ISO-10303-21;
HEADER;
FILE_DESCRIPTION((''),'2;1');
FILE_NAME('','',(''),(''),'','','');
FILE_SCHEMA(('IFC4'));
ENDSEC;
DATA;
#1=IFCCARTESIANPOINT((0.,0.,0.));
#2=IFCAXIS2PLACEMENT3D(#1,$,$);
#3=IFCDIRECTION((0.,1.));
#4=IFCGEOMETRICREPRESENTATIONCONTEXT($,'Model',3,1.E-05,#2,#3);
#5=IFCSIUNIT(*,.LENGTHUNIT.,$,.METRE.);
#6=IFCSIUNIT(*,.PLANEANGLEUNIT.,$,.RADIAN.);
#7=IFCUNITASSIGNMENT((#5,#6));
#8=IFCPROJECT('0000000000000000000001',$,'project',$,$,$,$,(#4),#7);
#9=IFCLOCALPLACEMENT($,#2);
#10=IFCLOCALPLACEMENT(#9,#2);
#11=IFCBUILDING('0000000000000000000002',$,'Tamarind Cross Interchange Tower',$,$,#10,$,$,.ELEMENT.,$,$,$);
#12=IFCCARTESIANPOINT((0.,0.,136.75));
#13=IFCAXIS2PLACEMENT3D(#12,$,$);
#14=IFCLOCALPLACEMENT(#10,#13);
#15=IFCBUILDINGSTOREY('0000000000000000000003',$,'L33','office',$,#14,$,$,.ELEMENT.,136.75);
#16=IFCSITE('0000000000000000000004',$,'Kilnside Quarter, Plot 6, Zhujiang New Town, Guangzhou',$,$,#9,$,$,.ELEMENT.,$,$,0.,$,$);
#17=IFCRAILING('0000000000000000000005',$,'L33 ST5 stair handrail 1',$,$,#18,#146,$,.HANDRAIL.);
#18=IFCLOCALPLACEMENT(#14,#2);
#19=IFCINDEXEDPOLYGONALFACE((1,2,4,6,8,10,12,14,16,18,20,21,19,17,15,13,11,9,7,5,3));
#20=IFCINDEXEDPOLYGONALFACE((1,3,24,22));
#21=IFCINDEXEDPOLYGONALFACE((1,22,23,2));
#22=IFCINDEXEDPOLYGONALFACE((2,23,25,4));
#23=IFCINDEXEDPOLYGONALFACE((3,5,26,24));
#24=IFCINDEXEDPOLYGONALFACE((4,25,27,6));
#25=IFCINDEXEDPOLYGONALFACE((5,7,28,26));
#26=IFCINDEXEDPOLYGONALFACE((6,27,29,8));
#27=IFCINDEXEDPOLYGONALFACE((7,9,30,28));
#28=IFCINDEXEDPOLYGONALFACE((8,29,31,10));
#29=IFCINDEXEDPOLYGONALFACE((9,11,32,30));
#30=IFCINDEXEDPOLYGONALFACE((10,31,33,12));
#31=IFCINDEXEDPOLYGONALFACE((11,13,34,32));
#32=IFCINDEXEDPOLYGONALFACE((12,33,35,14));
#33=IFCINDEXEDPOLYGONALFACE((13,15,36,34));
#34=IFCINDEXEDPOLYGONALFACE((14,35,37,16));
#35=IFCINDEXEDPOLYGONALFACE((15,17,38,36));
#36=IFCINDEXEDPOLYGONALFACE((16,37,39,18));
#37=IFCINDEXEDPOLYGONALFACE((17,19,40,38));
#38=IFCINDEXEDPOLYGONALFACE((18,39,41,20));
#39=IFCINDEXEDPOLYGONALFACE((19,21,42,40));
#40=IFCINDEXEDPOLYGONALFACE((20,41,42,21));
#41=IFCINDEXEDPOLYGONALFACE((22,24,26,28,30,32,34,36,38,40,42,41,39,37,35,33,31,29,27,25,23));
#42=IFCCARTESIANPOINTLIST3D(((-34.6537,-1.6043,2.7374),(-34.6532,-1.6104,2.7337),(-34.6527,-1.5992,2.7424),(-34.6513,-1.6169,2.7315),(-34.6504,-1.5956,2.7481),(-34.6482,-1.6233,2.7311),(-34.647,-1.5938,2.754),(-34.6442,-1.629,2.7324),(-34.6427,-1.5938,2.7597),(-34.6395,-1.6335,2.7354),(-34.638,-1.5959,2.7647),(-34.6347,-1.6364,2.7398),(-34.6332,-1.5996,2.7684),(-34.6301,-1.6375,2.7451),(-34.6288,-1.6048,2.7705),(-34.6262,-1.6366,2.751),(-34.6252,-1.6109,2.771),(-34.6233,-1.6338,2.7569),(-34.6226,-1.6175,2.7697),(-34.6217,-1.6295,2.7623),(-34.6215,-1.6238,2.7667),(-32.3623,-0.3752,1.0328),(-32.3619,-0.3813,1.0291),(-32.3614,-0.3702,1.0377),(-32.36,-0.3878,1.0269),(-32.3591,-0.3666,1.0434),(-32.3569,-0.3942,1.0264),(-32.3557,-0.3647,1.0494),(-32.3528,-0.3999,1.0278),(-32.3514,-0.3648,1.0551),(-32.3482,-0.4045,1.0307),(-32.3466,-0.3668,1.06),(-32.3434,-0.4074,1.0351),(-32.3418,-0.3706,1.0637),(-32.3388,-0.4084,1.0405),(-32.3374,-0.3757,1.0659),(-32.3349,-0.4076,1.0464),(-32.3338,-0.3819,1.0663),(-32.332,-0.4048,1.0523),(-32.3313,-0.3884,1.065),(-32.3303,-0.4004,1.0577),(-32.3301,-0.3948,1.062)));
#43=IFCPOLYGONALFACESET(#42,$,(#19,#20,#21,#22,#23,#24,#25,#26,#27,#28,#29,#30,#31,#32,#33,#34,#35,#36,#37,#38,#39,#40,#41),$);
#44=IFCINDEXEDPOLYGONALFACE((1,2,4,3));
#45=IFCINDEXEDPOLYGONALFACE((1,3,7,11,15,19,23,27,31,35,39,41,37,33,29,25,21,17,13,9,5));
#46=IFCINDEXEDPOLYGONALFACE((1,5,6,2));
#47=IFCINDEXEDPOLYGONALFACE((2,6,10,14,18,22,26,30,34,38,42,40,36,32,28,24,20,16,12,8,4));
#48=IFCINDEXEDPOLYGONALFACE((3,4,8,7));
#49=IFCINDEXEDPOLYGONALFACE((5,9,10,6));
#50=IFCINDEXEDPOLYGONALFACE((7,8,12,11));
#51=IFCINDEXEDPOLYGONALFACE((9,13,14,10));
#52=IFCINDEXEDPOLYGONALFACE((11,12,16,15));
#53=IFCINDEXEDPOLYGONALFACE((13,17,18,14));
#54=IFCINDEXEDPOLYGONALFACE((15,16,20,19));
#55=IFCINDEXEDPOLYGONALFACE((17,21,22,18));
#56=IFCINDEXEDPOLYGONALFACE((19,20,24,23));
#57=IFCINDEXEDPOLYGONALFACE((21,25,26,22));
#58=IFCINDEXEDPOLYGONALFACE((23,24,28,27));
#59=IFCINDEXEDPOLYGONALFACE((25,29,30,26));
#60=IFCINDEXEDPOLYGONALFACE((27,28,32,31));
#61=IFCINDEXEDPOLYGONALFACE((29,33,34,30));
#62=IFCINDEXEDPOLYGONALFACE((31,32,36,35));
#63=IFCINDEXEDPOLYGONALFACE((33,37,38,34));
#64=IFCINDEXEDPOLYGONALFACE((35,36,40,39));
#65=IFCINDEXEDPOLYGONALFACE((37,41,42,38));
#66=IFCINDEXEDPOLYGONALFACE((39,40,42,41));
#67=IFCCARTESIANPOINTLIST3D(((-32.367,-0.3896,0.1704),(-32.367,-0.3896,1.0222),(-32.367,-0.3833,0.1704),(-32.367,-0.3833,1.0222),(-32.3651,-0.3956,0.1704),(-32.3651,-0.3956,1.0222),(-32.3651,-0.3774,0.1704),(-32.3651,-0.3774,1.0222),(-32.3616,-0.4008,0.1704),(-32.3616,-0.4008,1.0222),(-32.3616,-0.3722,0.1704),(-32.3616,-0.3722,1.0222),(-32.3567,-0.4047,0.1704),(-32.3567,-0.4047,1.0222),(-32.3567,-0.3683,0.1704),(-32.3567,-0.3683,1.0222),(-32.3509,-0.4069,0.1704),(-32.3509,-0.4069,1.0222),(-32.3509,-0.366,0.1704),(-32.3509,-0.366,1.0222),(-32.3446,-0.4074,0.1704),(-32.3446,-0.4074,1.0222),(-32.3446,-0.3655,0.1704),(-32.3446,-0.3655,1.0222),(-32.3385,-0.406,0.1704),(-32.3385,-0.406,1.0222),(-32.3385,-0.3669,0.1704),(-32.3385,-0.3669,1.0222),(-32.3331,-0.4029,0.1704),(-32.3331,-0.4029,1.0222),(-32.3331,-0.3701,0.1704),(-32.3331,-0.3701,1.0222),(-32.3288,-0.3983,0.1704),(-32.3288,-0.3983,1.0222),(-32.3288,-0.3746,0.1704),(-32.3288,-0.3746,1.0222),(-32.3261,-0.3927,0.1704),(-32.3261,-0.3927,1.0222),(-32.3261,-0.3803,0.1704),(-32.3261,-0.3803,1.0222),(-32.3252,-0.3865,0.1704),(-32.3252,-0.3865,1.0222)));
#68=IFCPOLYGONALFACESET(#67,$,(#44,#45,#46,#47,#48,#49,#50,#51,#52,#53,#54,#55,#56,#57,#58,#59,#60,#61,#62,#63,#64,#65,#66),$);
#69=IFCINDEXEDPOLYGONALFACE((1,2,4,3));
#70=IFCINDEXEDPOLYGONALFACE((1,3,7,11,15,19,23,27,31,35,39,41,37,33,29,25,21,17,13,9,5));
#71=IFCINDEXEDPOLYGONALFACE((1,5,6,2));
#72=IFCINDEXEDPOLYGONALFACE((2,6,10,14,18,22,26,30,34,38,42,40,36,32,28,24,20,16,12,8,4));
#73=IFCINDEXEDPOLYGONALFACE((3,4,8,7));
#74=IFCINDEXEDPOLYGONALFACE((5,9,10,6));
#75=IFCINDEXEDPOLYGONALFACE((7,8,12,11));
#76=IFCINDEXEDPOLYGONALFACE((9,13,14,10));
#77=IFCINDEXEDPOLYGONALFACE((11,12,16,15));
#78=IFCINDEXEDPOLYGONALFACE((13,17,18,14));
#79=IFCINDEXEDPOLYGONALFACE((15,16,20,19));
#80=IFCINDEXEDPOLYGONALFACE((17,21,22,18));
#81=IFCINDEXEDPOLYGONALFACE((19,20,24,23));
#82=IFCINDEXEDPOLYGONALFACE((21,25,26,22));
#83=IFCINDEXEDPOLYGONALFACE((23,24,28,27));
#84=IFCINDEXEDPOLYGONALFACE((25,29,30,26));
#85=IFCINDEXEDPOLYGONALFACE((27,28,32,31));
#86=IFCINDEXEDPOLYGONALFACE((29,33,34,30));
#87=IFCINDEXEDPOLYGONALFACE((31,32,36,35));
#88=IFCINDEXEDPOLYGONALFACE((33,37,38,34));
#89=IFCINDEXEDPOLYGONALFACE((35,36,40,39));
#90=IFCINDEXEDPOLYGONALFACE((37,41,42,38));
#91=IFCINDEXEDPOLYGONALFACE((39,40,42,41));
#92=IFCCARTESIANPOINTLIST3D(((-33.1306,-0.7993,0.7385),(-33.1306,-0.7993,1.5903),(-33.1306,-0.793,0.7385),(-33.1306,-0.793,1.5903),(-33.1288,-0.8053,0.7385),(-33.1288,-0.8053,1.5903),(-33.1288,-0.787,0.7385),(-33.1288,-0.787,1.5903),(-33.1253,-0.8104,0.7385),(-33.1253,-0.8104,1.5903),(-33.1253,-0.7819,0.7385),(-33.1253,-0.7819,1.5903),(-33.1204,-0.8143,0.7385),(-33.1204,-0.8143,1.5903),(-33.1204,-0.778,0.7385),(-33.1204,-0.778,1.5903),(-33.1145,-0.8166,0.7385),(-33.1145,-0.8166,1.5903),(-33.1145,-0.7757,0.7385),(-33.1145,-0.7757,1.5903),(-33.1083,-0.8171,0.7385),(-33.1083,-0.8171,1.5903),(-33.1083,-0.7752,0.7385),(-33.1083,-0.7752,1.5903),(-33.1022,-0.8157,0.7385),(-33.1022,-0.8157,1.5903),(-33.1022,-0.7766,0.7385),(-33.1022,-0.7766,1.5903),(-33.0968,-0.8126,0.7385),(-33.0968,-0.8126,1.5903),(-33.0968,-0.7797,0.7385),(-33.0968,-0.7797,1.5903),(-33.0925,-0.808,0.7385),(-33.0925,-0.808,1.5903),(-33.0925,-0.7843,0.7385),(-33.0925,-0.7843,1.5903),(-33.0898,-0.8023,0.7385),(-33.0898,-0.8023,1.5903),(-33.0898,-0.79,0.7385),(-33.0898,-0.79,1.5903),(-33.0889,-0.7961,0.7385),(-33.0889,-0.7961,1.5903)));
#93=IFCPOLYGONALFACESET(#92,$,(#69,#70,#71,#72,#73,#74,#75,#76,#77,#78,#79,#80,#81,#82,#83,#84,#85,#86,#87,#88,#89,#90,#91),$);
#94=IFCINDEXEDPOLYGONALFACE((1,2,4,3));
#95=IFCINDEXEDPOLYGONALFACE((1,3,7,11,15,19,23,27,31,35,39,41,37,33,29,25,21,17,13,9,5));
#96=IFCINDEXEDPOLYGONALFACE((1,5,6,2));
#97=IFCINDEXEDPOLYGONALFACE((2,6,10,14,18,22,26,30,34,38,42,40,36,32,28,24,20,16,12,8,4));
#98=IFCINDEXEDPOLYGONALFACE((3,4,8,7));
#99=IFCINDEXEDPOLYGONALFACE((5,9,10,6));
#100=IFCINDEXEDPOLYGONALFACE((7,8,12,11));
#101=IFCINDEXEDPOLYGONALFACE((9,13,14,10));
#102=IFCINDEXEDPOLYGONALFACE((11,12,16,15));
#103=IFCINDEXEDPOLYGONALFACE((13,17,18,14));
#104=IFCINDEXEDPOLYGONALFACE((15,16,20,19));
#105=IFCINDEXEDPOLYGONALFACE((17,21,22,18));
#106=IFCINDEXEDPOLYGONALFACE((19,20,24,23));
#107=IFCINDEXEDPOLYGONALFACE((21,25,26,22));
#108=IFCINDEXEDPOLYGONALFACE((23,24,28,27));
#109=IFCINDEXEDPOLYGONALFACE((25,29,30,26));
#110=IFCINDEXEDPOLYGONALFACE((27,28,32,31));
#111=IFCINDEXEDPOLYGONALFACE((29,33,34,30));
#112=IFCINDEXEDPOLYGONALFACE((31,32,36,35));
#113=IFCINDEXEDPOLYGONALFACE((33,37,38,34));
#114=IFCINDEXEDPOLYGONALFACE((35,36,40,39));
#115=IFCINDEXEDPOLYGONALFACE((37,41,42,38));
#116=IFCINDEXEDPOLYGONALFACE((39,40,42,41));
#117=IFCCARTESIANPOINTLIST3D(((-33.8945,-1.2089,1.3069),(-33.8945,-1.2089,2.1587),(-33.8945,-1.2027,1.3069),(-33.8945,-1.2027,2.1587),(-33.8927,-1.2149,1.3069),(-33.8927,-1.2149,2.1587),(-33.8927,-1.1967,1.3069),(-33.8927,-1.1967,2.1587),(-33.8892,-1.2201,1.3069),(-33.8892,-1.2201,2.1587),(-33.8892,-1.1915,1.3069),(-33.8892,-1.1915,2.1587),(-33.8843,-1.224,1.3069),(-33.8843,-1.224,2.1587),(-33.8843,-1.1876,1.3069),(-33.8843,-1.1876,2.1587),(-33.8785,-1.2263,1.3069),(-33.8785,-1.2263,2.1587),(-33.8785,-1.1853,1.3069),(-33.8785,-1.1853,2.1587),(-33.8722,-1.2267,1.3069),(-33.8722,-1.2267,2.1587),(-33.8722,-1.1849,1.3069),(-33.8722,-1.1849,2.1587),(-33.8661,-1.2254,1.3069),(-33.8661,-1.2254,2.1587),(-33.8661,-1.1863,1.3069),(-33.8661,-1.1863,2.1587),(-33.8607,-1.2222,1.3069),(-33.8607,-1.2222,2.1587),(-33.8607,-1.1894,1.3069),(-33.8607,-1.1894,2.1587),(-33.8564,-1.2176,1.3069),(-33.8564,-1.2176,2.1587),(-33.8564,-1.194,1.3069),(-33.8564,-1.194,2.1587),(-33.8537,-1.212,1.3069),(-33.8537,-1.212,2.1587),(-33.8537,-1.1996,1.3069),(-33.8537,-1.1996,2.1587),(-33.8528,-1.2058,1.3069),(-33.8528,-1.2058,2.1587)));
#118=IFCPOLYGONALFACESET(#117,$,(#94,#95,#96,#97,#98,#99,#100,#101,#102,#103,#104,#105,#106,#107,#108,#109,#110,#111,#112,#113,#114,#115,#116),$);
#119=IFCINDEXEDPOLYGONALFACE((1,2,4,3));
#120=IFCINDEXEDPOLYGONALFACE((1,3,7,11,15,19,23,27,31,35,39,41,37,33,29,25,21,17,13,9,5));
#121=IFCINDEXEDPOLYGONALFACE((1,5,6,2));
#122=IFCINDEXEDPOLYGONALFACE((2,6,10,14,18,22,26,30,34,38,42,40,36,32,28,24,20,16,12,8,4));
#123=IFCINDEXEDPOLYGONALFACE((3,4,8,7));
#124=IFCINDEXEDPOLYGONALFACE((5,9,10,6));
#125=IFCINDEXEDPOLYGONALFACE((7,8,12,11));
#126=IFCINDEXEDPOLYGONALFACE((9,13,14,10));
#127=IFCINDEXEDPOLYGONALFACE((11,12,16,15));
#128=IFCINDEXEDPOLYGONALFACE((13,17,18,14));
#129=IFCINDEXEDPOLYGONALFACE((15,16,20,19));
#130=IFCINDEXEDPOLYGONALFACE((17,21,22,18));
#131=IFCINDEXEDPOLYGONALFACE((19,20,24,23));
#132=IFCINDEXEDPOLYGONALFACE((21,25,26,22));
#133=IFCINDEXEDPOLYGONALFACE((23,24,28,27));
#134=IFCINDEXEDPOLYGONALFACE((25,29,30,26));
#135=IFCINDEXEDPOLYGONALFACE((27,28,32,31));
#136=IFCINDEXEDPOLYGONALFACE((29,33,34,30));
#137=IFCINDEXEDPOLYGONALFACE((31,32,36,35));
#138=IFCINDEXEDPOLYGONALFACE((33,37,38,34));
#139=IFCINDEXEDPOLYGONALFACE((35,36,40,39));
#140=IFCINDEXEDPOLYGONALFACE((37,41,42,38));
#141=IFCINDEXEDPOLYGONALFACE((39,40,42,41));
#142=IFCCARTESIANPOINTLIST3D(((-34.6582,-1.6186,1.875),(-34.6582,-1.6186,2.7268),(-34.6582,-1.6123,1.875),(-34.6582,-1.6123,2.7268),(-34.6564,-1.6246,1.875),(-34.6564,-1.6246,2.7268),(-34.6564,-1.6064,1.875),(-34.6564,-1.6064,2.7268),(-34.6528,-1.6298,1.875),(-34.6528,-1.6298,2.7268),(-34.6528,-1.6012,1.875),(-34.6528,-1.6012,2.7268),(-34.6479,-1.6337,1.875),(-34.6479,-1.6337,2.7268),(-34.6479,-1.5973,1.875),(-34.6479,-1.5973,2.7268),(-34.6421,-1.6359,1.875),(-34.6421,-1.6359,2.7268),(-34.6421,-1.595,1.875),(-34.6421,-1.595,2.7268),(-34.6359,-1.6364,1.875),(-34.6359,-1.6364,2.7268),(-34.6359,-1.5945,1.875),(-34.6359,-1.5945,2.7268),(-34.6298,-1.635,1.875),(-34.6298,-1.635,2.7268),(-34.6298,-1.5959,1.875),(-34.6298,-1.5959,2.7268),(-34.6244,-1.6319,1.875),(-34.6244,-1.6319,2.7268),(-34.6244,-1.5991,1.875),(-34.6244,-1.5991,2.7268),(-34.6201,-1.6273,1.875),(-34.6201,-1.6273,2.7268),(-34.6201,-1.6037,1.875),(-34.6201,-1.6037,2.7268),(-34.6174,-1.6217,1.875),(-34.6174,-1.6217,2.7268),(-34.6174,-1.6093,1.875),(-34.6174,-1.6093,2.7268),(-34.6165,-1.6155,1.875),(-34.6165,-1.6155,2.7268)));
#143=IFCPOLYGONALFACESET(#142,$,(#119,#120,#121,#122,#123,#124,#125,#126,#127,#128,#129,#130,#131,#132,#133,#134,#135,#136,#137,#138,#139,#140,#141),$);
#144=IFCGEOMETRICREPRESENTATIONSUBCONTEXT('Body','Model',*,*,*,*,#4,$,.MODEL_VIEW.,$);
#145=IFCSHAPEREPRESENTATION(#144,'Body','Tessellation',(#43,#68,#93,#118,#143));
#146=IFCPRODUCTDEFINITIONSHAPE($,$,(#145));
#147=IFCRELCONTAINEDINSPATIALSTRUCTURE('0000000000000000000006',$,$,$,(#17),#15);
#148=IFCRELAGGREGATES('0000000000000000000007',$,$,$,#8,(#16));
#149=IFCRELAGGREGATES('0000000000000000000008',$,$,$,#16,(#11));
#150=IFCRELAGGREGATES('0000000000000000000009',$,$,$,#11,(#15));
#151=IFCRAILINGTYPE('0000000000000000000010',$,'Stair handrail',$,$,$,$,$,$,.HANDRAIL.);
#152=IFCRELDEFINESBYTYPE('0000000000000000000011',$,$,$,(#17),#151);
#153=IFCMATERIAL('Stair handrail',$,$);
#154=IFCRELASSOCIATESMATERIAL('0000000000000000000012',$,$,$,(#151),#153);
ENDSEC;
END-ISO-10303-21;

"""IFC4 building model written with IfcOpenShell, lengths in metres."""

from ifc_helpers import new_model, si_unit, direction, frame, origin, origin_2d, place, context, subcontext, project, spatial, circle, extrude, material, type_object, element, save


model = new_model("IFC4")

# Units and contexts
model_context = context("Model", 3, precision=1e-05, world=origin(), true_north=direction((0.0, 1.0)))
body_context = subcontext(model_context, "Body", "Model", "MODEL_VIEW")
ifc_project = project(units=[si_unit("LENGTHUNIT", "METRE"), si_unit("PLANEANGLEUNIT", "RADIAN")], contexts=[model_context])

# Site, building, storey
site_placement = place(None, origin())
site = spatial("IfcSite", under=ifc_project, at=site_placement, Name="Kilnside Quarter, Plot 6, Zhujiang New Town, Guangzhou", CompositionType="ELEMENT", RefElevation=0.0)
building_placement = place(site_placement, origin())
building = spatial("IfcBuilding", under=site, at=building_placement, Name="Tamarind Cross Interchange Tower", CompositionType="ELEMENT")
storey_placement = place(building_placement, frame((0.0, 0.0, 136.75)))
storey = spatial("IfcBuildingStorey", under=building, at=storey_placement, Name="L33", Description="office", CompositionType="ELEMENT", Elevation=136.75)

# Railing
ifc_material_1 = material(Name="Stair handrail")
railing_type_1 = type_object("IfcRailingType", Name="Stair handrail", PredefinedType="HANDRAIL", material=ifc_material_1)
railing_1_placement = place(storey_placement, frame((-32.3462, -0.3865, 0.1704)))
element("IfcRailing", 1, at=railing_1_placement, inside=storey, type_object=railing_type_1, Name="L33 ST5 stair handrail 1", PredefinedType="HANDRAIL", context=body_context, shape_type="SweptSolid", body=[
    extrude(circle(Radius=0.0239, at=origin_2d()), frame((0.0, 0.0, 0.876), z_axis=(-0.736974, -0.395304, 0.548274), x_axis=(0.472683, -0.881233, 0.0)), (0.0, 0.0, 1.0), 3.1091),
    extrude(circle(Radius=0.021, at=origin_2d()), origin(), (0.0, 0.0, 1.0), 0.8518),
    extrude(circle(Radius=0.021, at=origin_2d()), frame((-0.7637, -0.4097, 0.5681)), (0.0, 0.0, 1.0), 0.8518),
    extrude(circle(Radius=0.021, at=origin_2d()), frame((-1.5276, -0.8193, 1.1365)), (0.0, 0.0, 1.0), 0.8518),
    extrude(circle(Radius=0.021, at=origin_2d()), frame((-2.2913, -1.229, 1.7046)), (0.0, 0.0, 1.0), 0.8518),
])

save(model, "model.ifc")
